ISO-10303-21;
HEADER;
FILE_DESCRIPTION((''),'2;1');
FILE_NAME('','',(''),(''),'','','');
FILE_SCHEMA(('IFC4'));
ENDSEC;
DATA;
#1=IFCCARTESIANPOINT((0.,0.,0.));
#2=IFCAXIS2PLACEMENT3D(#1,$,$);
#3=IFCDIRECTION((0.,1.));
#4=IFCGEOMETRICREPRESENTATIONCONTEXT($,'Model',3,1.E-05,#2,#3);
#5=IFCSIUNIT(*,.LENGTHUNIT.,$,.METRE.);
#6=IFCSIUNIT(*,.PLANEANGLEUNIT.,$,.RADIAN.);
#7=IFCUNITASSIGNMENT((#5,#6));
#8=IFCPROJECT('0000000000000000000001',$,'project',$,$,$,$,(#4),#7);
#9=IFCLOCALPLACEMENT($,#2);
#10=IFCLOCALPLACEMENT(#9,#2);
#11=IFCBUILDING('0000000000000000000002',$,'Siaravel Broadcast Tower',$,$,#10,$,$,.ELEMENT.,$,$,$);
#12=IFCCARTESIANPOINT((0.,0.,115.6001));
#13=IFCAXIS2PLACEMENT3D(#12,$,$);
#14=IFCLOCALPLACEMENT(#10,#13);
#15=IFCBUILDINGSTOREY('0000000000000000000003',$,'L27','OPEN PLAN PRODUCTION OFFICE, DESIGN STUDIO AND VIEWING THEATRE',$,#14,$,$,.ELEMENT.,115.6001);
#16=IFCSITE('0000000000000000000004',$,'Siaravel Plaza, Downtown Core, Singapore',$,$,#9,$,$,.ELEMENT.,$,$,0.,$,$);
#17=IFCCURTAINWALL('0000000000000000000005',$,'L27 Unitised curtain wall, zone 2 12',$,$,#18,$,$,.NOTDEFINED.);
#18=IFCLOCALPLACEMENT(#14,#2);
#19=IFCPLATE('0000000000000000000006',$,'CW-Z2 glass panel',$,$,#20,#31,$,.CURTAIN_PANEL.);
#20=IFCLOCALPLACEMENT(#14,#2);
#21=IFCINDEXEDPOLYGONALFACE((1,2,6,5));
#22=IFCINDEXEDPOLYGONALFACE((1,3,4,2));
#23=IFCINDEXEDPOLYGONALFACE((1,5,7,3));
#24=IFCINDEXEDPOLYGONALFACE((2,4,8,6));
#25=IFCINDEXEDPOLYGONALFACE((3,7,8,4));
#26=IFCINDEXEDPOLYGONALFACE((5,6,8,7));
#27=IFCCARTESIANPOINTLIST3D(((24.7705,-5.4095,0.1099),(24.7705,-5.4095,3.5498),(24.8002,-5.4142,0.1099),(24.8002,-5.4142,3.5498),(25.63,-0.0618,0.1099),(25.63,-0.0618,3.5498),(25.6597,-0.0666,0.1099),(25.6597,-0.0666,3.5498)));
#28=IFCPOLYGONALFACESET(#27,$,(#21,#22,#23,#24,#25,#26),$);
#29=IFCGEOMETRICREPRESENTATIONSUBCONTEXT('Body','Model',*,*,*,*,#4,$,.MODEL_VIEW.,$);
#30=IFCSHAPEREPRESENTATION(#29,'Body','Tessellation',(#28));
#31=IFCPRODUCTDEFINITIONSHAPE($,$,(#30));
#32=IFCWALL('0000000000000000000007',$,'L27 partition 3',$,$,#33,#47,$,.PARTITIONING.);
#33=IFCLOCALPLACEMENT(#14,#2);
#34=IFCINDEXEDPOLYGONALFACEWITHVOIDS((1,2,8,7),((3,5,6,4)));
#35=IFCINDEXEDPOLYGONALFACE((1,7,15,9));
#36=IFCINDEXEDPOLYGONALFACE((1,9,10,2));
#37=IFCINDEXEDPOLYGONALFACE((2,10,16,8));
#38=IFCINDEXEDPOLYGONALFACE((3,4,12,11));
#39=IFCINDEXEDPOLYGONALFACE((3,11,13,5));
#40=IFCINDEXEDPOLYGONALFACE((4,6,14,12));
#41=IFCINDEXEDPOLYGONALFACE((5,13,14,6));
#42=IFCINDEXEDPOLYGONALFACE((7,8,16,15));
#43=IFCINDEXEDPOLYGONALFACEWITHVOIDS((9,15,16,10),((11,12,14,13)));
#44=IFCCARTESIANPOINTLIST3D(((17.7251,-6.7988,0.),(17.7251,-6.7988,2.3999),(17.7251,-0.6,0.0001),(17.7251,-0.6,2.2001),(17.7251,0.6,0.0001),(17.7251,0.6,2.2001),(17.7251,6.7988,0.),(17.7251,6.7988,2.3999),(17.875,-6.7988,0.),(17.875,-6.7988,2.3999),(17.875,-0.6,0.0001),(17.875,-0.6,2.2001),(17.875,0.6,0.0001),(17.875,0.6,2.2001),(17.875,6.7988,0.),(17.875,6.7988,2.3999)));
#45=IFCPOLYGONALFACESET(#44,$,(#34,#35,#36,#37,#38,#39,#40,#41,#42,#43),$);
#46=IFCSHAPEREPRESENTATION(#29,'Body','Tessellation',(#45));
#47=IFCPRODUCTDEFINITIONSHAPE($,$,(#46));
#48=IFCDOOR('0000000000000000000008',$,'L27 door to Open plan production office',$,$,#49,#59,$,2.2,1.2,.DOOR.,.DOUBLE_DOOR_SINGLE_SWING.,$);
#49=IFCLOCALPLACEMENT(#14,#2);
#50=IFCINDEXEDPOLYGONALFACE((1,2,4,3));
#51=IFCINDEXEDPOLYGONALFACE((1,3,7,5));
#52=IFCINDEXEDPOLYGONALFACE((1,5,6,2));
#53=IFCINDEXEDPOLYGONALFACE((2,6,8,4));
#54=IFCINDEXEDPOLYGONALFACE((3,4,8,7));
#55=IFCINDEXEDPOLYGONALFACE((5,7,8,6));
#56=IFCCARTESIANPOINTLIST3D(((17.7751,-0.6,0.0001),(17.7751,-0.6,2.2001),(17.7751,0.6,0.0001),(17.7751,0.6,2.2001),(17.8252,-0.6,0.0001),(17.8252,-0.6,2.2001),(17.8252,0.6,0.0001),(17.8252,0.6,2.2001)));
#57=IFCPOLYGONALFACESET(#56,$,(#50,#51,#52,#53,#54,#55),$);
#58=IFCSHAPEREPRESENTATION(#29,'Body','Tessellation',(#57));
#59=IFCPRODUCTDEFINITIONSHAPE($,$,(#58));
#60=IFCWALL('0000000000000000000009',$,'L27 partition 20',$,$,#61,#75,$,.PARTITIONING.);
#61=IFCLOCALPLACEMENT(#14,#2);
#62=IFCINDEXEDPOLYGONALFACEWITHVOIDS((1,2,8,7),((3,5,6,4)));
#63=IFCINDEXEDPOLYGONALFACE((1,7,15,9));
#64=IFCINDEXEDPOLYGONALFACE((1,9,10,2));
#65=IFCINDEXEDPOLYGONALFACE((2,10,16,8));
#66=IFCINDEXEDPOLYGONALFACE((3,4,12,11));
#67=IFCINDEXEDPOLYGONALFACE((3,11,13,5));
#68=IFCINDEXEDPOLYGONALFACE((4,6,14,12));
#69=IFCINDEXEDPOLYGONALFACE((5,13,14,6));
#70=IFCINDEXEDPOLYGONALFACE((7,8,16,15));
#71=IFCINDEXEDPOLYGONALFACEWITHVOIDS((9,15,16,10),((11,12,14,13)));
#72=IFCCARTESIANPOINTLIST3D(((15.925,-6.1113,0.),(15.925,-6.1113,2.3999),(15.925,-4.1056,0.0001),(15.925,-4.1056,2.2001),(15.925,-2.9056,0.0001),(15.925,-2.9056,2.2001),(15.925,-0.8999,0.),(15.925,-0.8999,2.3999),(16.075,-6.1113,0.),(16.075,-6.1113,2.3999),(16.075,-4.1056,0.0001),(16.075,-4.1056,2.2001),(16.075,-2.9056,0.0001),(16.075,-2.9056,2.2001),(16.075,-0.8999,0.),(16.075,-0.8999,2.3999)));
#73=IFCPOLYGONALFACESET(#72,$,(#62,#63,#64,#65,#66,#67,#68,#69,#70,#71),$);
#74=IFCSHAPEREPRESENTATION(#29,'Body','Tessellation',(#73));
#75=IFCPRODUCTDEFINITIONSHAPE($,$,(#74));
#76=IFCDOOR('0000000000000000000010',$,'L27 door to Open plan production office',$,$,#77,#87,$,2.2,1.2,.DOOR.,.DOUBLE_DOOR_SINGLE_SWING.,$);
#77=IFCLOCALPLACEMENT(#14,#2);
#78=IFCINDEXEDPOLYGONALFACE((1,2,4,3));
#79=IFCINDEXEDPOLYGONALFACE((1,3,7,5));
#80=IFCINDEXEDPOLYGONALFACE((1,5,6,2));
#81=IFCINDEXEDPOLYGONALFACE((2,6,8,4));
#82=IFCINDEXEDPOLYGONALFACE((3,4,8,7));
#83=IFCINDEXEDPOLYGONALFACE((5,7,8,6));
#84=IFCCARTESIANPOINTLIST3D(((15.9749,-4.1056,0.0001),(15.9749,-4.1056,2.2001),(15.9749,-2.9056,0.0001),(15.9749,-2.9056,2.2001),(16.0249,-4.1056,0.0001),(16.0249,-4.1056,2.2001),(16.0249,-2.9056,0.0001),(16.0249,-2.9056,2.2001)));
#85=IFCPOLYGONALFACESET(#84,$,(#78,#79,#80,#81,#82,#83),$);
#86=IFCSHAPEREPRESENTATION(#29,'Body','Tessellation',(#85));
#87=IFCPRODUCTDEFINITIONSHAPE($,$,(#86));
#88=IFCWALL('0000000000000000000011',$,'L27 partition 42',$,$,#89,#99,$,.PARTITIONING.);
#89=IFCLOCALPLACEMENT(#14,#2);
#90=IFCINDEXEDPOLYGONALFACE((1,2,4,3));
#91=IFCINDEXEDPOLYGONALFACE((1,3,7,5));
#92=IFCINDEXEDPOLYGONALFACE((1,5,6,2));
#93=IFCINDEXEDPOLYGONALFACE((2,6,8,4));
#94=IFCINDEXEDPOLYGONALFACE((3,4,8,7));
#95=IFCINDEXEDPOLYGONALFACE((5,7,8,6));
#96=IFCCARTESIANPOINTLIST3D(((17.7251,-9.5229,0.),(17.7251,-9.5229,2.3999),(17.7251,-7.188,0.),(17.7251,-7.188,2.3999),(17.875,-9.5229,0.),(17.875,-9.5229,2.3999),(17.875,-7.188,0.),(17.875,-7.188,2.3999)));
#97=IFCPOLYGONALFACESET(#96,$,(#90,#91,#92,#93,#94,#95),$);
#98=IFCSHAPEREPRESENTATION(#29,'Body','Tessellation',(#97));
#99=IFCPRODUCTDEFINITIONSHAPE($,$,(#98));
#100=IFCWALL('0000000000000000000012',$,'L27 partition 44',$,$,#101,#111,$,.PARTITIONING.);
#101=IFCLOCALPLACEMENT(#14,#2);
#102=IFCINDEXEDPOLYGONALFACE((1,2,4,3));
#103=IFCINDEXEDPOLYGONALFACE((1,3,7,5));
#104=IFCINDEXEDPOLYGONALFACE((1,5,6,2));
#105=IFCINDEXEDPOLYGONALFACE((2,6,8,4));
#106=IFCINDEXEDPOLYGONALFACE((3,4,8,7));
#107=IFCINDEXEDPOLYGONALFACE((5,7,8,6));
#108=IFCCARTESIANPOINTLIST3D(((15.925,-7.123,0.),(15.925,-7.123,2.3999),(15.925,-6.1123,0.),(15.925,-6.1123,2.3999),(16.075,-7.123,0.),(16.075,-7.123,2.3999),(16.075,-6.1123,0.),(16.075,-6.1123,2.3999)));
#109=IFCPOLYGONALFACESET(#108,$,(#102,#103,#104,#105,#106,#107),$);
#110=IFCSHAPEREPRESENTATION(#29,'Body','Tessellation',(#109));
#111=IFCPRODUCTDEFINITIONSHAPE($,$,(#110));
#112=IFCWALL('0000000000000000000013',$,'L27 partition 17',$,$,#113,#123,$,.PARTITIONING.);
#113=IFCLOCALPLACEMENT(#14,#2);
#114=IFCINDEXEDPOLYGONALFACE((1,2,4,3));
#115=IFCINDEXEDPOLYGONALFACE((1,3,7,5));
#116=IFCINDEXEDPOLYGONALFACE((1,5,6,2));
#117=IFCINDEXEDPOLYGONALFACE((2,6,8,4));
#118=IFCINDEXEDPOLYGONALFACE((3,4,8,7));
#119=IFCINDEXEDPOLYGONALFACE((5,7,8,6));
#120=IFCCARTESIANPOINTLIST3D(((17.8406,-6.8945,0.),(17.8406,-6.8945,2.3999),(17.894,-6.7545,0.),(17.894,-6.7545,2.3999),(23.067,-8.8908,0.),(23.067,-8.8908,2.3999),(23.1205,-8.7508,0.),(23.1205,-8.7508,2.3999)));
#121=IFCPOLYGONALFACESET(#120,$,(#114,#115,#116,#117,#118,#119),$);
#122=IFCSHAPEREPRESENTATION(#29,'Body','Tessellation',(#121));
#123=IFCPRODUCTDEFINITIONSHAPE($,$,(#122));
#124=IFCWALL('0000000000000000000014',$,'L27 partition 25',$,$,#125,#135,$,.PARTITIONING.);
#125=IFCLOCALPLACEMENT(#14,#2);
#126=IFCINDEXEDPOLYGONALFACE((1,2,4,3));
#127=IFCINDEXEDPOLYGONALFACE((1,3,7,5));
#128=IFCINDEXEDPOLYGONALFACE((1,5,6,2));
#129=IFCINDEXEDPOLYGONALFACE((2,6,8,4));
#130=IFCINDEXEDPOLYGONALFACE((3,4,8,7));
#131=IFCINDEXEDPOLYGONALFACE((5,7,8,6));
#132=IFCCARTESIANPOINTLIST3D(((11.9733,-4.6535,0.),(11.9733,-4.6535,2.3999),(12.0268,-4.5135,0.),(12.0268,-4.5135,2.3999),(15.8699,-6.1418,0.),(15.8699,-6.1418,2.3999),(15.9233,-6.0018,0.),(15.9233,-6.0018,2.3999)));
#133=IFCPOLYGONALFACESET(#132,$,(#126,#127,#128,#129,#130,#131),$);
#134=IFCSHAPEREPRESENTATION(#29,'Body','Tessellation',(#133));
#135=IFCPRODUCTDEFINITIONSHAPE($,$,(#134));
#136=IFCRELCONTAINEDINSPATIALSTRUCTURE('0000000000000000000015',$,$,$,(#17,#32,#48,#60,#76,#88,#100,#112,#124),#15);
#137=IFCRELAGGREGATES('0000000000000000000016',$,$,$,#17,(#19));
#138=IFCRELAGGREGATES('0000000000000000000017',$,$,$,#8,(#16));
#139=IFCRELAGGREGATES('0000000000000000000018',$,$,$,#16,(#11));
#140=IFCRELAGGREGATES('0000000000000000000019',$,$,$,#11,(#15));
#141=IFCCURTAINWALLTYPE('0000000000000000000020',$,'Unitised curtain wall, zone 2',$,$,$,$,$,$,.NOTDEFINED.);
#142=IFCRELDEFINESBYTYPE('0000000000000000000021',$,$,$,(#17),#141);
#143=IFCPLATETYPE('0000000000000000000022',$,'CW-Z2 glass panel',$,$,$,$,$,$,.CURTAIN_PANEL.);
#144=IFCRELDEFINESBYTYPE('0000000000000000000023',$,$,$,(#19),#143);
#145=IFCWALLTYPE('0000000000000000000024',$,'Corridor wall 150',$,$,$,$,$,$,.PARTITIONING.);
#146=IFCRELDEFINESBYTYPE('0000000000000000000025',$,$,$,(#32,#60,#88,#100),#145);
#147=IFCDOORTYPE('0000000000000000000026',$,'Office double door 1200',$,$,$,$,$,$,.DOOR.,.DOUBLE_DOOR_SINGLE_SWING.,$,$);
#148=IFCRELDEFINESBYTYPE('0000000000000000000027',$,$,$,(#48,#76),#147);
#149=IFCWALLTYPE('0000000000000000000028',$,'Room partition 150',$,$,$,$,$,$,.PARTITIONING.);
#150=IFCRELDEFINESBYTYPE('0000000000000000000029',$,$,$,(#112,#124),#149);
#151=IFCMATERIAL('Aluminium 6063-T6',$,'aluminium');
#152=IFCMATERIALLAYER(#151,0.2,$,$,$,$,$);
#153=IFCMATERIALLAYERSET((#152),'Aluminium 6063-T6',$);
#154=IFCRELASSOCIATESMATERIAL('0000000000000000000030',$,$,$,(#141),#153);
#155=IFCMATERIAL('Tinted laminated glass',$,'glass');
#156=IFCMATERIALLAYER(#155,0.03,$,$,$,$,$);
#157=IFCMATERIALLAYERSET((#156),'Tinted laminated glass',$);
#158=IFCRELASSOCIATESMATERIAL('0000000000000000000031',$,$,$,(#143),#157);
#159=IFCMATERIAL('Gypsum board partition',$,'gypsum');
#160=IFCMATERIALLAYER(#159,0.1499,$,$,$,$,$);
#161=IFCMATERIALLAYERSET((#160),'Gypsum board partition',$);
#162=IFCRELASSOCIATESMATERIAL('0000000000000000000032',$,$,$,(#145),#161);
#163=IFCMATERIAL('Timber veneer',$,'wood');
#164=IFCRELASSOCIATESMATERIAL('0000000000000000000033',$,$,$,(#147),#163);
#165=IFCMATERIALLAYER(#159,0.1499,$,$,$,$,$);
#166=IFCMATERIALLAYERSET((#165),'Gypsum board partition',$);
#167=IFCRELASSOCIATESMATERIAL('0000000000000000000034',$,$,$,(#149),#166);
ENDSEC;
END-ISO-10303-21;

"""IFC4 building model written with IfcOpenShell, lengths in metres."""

from ifc_helpers import new_model, si_unit, direction, frame, frame_2d, origin, origin_2d, place, context, subcontext, project, spatial, rectangle, extrude, material, layer, layer_set, type_object, element, fill, aggregate, save


model = new_model("IFC4")

# Units and contexts
model_context = context("Model", 3, precision=1e-05, world=origin(), true_north=direction((0.0, 1.0)))
body_context = subcontext(model_context, "Body", "Model", "MODEL_VIEW")
ifc_project = project(units=[si_unit("LENGTHUNIT", "METRE"), si_unit("PLANEANGLEUNIT", "RADIAN")], contexts=[model_context])

# Site, building, storey
site_placement = place(None, origin())
site = spatial("IfcSite", under=ifc_project, at=site_placement, Name="Siaravel Plaza, Downtown Core, Singapore", CompositionType="ELEMENT", RefElevation=0.0)
building_placement = place(site_placement, origin())
building = spatial("IfcBuilding", under=site, at=building_placement, Name="Siaravel Broadcast Tower", CompositionType="ELEMENT")
storey_placement = place(building_placement, frame((0.0, 0.0, 115.6001)))
storey = spatial("IfcBuildingStorey", under=building, at=storey_placement, Name="L27", Description="OPEN PLAN PRODUCTION OFFICE, DESIGN STUDIO AND VIEWING THEATRE", CompositionType="ELEMENT", Elevation=115.6001)

# Shared definitions
ifc_material_1 = material(Name="Aluminium 6063-T6", Category="aluminium")
ifc_layer_1 = layer(ifc_material_1, 0.2)
ifc_layer_set_1 = layer_set([ifc_layer_1], Name="Aluminium 6063-T6")
curtain_wall_type = type_object("IfcCurtainWallType", Name="Unitised curtain wall, zone 2", PredefinedType="NOTDEFINED", material=ifc_layer_set_1)

# Curtain wall
curtain_wall_1_placement = place(storey_placement, origin())
curtain_wall_1 = element("IfcCurtainWall", 1, at=curtain_wall_1_placement, inside=storey, type_object=curtain_wall_type, Name="L27 Unitised curtain wall, zone 2 12", PredefinedType="NOTDEFINED")

# Plate
ifc_material_2 = material(Name="Tinted laminated glass", Category="glass")
ifc_layer_2 = layer(ifc_material_2, 0.03)
ifc_layer_set_2 = layer_set([ifc_layer_2], Name="Tinted laminated glass")
plate_type = type_object("IfcPlateType", Name="CW-Z2 glass panel", PredefinedType="CURTAIN_PANEL", material=ifc_layer_set_2)
plate_1_placement = place(storey_placement, frame((25.2151, -2.738, 0.1099), z_axis=(0.0, 0.0, 1.0), x_axis=(0.158686, 0.987329, 0.0)))
plate_1 = element("IfcPlate", 2, at=plate_1_placement, type_object=plate_type, Name="CW-Z2 glass panel", PredefinedType="CURTAIN_PANEL", context=body_context, shape_type="SweptSolid", body=[
    extrude(rectangle(XDim=5.4163, YDim=0.03, at=origin_2d()), origin(), (0.0, 0.0, 1.0), 3.4399),
])
aggregate(curtain_wall_1, [plate_1])

# Walls, openings, doors
ifc_material_3 = material(Name="Gypsum board partition", Category="gypsum")
ifc_layer_3 = layer(ifc_material_3, 0.1499)
ifc_layer_set_3 = layer_set([ifc_layer_3], Name="Gypsum board partition")
wall_type_1 = type_object("IfcWallType", Name="Corridor wall 150", PredefinedType="PARTITIONING", material=ifc_layer_set_3)
wall_1_placement = place(storey_placement, frame((17.8, -6.7988, 0.0), z_axis=(0.0, 0.0, 1.0), x_axis=(0.0, 1.0, 0.0)))
wall_1 = element("IfcWall", 3, at=wall_1_placement, inside=storey, type_object=wall_type_1, Name="L27 partition 3", PredefinedType="PARTITIONING", context=body_context, shape_type="SweptSolid", body=[
    extrude(rectangle(XDim=13.5977, YDim=0.1499, at=frame_2d((6.7988, 0.0))), origin(), (0.0, 0.0, 1.0), 2.3999),
])
opening_1_placement = place(wall_1_placement, frame((6.1987, 0.0, 0.0)))
opening_1 = element("IfcOpeningElement", 4, at=opening_1_placement, cuts=wall_1, PredefinedType="OPENING", context=body_context, shape_type="SweptSolid", body=[
    extrude(rectangle(XDim=1.2, YDim=2.2, at=frame_2d((0.6001, 1.1001))), frame((0.0, 0.085, 0.0), z_axis=(0.0, -1.0, 0.0), x_axis=(1.0, 0.0, 0.0)), (0.0, 0.0, 1.0), 0.1699),
])
ifc_material_4 = material(Name="Timber veneer", Category="wood")
door_type_1 = type_object("IfcDoorType", Name="Office double door 1200", OperationType="DOUBLE_DOOR_SINGLE_SWING", PredefinedType="DOOR", material=ifc_material_4)
door_1_placement = place(opening_1_placement, origin())
door_1 = element("IfcDoor", 5, at=door_1_placement, inside=storey, type_object=door_type_1, Name="L27 door to Open plan production office", OperationType="DOUBLE_DOOR_SINGLE_SWING", OverallHeight=2.2, OverallWidth=1.2, PredefinedType="DOOR", context=body_context, shape_type="SweptSolid", body=[
    extrude(rectangle(XDim=1.2, YDim=2.2, at=frame_2d((0.6001, 1.1001))), frame((0.0, 0.0249, 0.0), z_axis=(0.0, -1.0, 0.0), x_axis=(1.0, 0.0, 0.0)), (0.0, 0.0, 1.0), 0.05),
])
fill(opening_1, door_1)
wall_2_placement = place(storey_placement, frame((16.0, -0.8999, 0.0), z_axis=(0.0, 0.0, 1.0), x_axis=(0.0, -1.0, 0.0)))
wall_2 = element("IfcWall", 6, at=wall_2_placement, inside=storey, type_object=wall_type_1, Name="L27 partition 20", PredefinedType="PARTITIONING", context=body_context, shape_type="SweptSolid", body=[
    extrude(rectangle(XDim=5.2114, YDim=0.1499, at=frame_2d((2.6057, 0.0))), origin(), (0.0, 0.0, 1.0), 2.3999),
])
opening_2_placement = place(wall_2_placement, frame((2.0056, 0.0, 0.0)))
opening_2 = element("IfcOpeningElement", 7, at=opening_2_placement, cuts=wall_2, PredefinedType="OPENING", context=body_context, shape_type="SweptSolid", body=[
    extrude(rectangle(XDim=1.2, YDim=2.2, at=frame_2d((0.6001, 1.1001))), frame((0.0, 0.085, 0.0), z_axis=(0.0, -1.0, 0.0), x_axis=(1.0, 0.0, 0.0)), (0.0, 0.0, 1.0), 0.1699),
])
door_2_placement = place(opening_2_placement, origin())
door_2 = element("IfcDoor", 8, at=door_2_placement, inside=storey, type_object=door_type_1, Name="L27 door to Open plan production office", OperationType="DOUBLE_DOOR_SINGLE_SWING", OverallHeight=2.2, OverallWidth=1.2, PredefinedType="DOOR", context=body_context, shape_type="SweptSolid", body=[
    extrude(rectangle(XDim=1.2, YDim=2.2, at=frame_2d((0.6001, 1.1001))), frame((0.0, 0.0249, 0.0), z_axis=(0.0, -1.0, 0.0), x_axis=(1.0, 0.0, 0.0)), (0.0, 0.0, 1.0), 0.05),
])
fill(opening_2, door_2)

# Walls
wall_3_placement = place(storey_placement, frame((17.8, -9.5229, 0.0), z_axis=(0.0, 0.0, 1.0), x_axis=(0.0, 1.0, 0.0)))
element("IfcWall", 9, at=wall_3_placement, inside=storey, type_object=wall_type_1, Name="L27 partition 42", PredefinedType="PARTITIONING", context=body_context, shape_type="SweptSolid", body=[
    extrude(rectangle(XDim=2.335, YDim=0.1499, at=frame_2d((1.1675, 0.0))), origin(), (0.0, 0.0, 1.0), 2.3999),
])
wall_4_placement = place(storey_placement, frame((16.0, -6.1123, 0.0), z_axis=(0.0, 0.0, 1.0), x_axis=(0.0, -1.0, 0.0)))
element("IfcWall", 10, at=wall_4_placement, inside=storey, type_object=wall_type_1, Name="L27 partition 44", PredefinedType="PARTITIONING", context=body_context, shape_type="SweptSolid", body=[
    extrude(rectangle(XDim=1.0107, YDim=0.1499, at=frame_2d((0.5054, 0.0))), origin(), (0.0, 0.0, 1.0), 2.3999),
])
ifc_layer_4 = layer(ifc_material_3, 0.1499)
ifc_layer_set_4 = layer_set([ifc_layer_4], Name="Gypsum board partition")
wall_type_2 = type_object("IfcWallType", Name="Room partition 150", PredefinedType="PARTITIONING", material=ifc_layer_set_4)
wall_5_placement = place(storey_placement, frame((23.0938, -8.8208, 0.0), z_axis=(0.0, 0.0, 1.0), x_axis=(-0.934174, 0.356817, 0.0)))
element("IfcWall", 11, at=wall_5_placement, inside=storey, type_object=wall_type_2, Name="L27 partition 17", PredefinedType="PARTITIONING", context=body_context, shape_type="SweptSolid", body=[
    extrude(rectangle(XDim=5.5947, YDim=0.1499, at=frame_2d((2.7974, 0.0))), origin(), (0.0, 0.0, 1.0), 2.3999),
])
wall_6_placement = place(storey_placement, frame((15.8965, -6.0718, 0.0), z_axis=(0.0, 0.0, 1.0), x_axis=(-0.934176, 0.356813, 0.0)))
element("IfcWall", 12, at=wall_6_placement, inside=storey, type_object=wall_type_2, Name="L27 partition 25", PredefinedType="PARTITIONING", context=body_context, shape_type="SweptSolid", body=[
    extrude(rectangle(XDim=4.1711, YDim=0.1499, at=frame_2d((2.0854, 0.0))), origin(), (0.0, 0.0, 1.0), 2.3999),
])

save(model, "model.ifc")
